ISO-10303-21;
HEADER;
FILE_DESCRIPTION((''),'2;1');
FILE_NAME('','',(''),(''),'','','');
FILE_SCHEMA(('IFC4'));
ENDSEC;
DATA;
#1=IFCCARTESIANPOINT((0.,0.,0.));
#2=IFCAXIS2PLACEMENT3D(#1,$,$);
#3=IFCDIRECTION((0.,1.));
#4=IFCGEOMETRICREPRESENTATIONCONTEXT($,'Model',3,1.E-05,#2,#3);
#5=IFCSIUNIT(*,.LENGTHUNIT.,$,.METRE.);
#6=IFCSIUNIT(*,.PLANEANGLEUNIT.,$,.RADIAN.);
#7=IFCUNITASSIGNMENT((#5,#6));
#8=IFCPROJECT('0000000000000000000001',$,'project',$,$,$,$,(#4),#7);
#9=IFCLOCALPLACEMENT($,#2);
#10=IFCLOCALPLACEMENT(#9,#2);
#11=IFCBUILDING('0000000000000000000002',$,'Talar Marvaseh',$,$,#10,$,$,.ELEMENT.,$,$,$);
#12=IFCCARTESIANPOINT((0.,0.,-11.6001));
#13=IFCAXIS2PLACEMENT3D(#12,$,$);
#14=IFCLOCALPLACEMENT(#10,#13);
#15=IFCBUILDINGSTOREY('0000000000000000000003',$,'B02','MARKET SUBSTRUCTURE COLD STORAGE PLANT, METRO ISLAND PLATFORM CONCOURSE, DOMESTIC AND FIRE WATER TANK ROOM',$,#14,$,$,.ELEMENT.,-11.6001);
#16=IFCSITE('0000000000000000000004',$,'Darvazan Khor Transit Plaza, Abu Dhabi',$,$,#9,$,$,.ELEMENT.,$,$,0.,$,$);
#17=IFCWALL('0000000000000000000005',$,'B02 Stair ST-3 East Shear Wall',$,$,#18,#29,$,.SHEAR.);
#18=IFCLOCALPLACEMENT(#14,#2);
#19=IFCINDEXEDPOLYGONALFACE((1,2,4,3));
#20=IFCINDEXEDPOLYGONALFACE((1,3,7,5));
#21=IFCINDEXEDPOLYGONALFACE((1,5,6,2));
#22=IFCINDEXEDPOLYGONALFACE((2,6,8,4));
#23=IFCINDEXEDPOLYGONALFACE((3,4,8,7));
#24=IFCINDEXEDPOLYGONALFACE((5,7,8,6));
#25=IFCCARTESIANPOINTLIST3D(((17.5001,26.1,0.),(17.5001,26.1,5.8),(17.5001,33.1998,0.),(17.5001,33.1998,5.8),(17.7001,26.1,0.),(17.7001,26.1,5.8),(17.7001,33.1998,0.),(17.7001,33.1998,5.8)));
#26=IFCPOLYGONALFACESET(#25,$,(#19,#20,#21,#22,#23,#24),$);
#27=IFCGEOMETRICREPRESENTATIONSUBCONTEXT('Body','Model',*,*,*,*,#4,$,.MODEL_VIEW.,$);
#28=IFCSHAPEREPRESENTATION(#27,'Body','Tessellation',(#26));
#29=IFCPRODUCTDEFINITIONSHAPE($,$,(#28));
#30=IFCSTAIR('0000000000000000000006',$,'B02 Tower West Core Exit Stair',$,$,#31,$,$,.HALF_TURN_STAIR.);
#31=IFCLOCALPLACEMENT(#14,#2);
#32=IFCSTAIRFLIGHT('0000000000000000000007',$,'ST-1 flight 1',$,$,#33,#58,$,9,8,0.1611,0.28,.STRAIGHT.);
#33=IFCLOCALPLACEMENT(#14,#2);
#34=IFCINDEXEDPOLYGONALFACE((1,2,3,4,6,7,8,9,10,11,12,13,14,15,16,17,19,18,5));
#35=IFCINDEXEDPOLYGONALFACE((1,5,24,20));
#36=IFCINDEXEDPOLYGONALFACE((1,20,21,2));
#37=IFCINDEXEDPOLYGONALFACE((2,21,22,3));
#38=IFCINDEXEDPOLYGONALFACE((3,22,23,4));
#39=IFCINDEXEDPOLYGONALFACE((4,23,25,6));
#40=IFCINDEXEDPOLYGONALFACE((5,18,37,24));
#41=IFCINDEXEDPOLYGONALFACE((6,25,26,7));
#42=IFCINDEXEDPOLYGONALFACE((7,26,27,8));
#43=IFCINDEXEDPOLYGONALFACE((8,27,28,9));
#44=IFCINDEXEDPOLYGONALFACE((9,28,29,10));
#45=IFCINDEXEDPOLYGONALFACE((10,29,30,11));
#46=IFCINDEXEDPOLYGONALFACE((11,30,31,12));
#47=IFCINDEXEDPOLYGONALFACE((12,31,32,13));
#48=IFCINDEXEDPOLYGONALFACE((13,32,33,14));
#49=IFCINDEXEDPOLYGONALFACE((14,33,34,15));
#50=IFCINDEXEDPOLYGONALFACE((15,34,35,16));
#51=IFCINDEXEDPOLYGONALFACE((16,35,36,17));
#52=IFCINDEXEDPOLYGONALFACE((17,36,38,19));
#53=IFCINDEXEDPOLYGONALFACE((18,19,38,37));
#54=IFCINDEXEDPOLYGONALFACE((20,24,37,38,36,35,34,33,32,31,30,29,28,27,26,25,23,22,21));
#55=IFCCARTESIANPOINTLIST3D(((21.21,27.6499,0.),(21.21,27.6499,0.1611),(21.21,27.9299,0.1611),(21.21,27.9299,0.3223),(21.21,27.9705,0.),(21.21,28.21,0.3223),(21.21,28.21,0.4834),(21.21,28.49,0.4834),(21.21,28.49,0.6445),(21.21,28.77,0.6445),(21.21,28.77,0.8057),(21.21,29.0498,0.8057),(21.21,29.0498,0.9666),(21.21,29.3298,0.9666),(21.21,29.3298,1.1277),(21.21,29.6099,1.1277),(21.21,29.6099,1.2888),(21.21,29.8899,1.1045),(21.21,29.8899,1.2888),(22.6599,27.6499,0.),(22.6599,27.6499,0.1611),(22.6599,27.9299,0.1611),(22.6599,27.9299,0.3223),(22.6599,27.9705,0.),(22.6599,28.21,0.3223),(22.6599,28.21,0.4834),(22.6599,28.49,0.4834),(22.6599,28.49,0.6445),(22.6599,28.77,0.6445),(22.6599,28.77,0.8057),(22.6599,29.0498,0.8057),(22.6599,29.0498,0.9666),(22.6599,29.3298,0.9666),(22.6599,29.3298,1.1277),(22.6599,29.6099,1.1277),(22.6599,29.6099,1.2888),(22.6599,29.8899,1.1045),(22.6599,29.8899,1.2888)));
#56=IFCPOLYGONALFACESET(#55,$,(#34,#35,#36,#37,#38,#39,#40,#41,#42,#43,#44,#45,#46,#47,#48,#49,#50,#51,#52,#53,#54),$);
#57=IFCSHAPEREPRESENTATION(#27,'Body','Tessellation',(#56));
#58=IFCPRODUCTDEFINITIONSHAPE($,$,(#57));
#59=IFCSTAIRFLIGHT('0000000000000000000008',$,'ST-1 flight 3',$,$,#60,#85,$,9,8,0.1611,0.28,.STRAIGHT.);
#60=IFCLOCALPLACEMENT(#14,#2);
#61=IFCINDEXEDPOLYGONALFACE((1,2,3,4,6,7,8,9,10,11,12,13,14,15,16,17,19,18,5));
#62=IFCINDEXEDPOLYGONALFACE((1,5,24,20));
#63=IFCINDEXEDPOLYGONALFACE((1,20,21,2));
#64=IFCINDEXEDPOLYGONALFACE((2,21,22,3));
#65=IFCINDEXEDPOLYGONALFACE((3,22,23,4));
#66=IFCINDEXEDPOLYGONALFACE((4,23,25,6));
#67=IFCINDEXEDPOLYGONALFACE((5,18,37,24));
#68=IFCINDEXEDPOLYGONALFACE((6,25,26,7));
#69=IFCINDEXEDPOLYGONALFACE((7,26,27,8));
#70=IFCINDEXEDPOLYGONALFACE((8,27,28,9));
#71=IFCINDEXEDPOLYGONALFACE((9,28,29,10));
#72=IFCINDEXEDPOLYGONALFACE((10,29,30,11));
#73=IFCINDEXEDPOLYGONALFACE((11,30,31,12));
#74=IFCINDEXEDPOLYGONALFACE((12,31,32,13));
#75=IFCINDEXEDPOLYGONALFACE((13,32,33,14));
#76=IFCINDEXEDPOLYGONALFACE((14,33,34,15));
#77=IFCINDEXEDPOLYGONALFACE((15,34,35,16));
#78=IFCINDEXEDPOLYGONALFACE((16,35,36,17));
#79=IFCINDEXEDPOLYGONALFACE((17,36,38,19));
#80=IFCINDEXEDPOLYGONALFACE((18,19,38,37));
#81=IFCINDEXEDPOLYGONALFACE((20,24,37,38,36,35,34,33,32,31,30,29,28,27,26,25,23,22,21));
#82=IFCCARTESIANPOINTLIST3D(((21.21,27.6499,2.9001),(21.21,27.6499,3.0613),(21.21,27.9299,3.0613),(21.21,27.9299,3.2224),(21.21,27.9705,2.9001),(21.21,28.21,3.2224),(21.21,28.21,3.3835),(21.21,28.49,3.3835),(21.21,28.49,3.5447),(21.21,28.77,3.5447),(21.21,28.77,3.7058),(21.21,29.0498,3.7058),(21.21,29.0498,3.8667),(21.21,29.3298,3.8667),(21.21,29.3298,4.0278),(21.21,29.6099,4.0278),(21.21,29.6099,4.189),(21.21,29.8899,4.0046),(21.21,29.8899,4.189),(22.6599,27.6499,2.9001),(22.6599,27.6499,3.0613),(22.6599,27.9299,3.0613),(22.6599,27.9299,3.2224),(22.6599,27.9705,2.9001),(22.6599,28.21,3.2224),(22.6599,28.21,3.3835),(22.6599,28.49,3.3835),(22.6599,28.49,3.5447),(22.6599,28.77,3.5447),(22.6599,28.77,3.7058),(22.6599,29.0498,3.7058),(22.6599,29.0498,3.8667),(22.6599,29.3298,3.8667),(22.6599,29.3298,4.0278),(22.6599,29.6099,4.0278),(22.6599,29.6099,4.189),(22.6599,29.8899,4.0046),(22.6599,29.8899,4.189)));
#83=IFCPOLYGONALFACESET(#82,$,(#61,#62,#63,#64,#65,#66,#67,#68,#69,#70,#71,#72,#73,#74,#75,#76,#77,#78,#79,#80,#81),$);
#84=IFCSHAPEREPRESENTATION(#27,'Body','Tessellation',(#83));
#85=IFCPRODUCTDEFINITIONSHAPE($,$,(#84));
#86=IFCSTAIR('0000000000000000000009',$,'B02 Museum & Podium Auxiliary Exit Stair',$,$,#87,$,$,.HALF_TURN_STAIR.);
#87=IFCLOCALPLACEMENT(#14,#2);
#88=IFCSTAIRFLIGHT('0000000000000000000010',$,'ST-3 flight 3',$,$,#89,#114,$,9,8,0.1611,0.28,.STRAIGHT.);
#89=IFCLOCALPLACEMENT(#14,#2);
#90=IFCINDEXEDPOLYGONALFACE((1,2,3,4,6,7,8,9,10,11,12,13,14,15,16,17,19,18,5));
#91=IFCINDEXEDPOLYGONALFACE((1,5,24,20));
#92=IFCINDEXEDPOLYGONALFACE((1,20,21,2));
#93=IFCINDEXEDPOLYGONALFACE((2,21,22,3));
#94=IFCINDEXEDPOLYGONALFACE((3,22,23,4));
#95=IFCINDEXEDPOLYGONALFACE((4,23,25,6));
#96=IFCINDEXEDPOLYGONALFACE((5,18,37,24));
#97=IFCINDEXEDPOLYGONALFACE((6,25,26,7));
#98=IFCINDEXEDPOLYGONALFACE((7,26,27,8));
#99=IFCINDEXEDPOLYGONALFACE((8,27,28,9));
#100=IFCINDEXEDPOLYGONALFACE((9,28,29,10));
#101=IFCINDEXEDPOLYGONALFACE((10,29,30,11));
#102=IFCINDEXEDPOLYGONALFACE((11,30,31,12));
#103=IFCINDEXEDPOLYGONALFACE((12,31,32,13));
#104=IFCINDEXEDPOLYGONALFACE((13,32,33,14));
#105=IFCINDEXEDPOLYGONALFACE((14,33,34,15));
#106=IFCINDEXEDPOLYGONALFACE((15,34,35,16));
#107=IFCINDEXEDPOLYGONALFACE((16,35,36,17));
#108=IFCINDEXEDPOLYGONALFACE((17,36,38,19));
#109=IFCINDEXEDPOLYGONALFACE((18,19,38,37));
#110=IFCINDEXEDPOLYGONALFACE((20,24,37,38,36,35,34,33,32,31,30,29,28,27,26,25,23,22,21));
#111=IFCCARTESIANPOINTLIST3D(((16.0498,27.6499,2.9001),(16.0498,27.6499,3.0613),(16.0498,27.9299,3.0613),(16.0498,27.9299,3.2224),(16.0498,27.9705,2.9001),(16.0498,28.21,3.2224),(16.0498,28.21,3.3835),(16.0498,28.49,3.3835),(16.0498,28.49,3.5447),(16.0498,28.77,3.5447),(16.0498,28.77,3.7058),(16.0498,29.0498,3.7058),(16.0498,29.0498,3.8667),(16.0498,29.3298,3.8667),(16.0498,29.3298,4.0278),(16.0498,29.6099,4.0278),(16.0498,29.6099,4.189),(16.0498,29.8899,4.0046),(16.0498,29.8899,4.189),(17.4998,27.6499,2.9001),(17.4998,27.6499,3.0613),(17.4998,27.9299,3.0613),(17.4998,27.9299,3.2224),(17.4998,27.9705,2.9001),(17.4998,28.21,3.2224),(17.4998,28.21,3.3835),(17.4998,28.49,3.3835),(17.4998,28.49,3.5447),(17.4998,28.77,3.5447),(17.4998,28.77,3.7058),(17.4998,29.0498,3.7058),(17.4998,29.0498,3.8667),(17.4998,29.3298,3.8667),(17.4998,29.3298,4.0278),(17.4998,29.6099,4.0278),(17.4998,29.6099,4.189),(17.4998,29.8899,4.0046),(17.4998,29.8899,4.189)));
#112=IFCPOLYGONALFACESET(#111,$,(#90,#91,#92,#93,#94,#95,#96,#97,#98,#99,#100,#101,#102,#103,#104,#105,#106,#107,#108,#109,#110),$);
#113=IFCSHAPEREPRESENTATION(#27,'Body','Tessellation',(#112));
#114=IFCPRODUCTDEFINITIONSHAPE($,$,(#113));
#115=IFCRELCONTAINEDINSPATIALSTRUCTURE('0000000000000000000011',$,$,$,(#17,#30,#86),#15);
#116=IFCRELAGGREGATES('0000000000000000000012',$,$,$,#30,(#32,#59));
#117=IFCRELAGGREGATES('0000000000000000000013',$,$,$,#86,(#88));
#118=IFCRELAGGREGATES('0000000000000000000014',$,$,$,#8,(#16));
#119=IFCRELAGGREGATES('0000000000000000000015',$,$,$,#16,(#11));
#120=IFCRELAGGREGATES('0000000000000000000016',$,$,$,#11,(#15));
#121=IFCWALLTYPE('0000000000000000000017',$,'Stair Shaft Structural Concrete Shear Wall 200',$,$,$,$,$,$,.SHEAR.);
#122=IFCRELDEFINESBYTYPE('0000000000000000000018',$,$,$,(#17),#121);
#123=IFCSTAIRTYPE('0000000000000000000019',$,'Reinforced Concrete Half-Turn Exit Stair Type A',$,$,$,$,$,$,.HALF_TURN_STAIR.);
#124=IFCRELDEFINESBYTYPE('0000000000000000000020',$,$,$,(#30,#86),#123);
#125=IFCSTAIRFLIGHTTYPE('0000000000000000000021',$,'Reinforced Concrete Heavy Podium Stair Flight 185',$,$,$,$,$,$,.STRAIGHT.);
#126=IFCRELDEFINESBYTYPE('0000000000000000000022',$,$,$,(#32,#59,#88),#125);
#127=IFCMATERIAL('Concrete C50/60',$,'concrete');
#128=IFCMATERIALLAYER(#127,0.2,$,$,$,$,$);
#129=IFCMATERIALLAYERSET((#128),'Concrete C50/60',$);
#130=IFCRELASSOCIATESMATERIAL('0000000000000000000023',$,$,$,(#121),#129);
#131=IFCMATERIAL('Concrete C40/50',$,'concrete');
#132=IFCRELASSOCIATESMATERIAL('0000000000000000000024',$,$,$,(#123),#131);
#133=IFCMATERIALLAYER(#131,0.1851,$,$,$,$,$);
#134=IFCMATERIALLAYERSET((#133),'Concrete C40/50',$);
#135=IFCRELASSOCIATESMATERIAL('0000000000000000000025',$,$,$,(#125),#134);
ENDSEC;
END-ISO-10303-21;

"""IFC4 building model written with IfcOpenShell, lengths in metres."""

from ifc_helpers import new_model, si_unit, direction, frame, frame_2d, origin, place, context, subcontext, project, spatial, polyline, rectangle, outline, extrude, material, layer, layer_set, type_object, element, aggregate, save


model = new_model("IFC4")

# Units and contexts
model_context = context("Model", 3, precision=1e-05, world=origin(), true_north=direction((0.0, 1.0)))
body_context = subcontext(model_context, "Body", "Model", "MODEL_VIEW")
ifc_project = project(units=[si_unit("LENGTHUNIT", "METRE"), si_unit("PLANEANGLEUNIT", "RADIAN")], contexts=[model_context])

# Site, building, storey
site_placement = place(None, origin())
site = spatial("IfcSite", under=ifc_project, at=site_placement, Name="Darvazan Khor Transit Plaza, Abu Dhabi", CompositionType="ELEMENT", RefElevation=0.0)
building_placement = place(site_placement, origin())
building = spatial("IfcBuilding", under=site, at=building_placement, Name="Talar Marvaseh", CompositionType="ELEMENT")
storey_placement = place(building_placement, frame((0.0, 0.0, -11.6001)))
storey = spatial("IfcBuildingStorey", under=building, at=storey_placement, Name="B02", Description="MARKET SUBSTRUCTURE COLD STORAGE PLANT, METRO ISLAND PLATFORM CONCOURSE, DOMESTIC AND FIRE WATER TANK ROOM", CompositionType="ELEMENT", Elevation=-11.6001)

# Shared definitions
ifc_material_1 = material(Name="Concrete C50/60", Category="concrete")

# Shared definitions
ifc_layer_1 = layer(ifc_material_1, 0.2)
ifc_layer_set_1 = layer_set([ifc_layer_1], Name="Concrete C50/60")
wall_type_1 = type_object("IfcWallType", Name="Stair Shaft Structural Concrete Shear Wall 200", PredefinedType="SHEAR", material=ifc_layer_set_1)

# Wall
wall_1_placement = place(storey_placement, frame((17.6001, 26.1001, 0.0), z_axis=(0.0, 0.0, 1.0), x_axis=(0.0, 1.0, 0.0)))
element("IfcWall", 1, at=wall_1_placement, inside=storey, type_object=wall_type_1, Name="B02 Stair ST-3 East Shear Wall", PredefinedType="SHEAR", context=body_context, shape_type="SweptSolid", body=[
    extrude(rectangle(XDim=7.0999, YDim=0.2, at=frame_2d((3.5498, 0.0))), origin(), (0.0, 0.0, 1.0), 5.8),
])

# Stair, stair flights
ifc_material_2 = material(Name="Concrete C40/50", Category="concrete")
stair_type = type_object("IfcStairType", Name="Reinforced Concrete Half-Turn Exit Stair Type A", PredefinedType="HALF_TURN_STAIR", material=ifc_material_2)
stair_1_placement = place(storey_placement, origin())
stair_1 = element("IfcStair", 2, at=stair_1_placement, inside=storey, type_object=stair_type, Name="B02 Tower West Core Exit Stair", PredefinedType="HALF_TURN_STAIR")
ifc_layer_2 = layer(ifc_material_2, 0.1851)
ifc_layer_set_2 = layer_set([ifc_layer_2], Name="Concrete C40/50")
stair_flight_type = type_object("IfcStairFlightType", Name="Reinforced Concrete Heavy Podium Stair Flight 185", PredefinedType="STRAIGHT", material=ifc_layer_set_2)
stair_flight_1_placement = place(storey_placement, frame((21.9351, 27.6499, 0.0), z_axis=(0.0, 0.0, 1.0), x_axis=(0.0, 1.0, 0.0)))
stair_flight_1 = element("IfcStairFlight", 3, at=stair_flight_1_placement, type_object=stair_flight_type, Name="ST-1 flight 1", NumberOfRisers=9, NumberOfTreads=8, PredefinedType="STRAIGHT", RiserHeight=0.1611, TreadLength=0.28, context=body_context, shape_type="SweptSolid", body=[
    extrude(outline(polyline([(0.0, 0.0), (0.0, 0.1611), (0.28, 0.1611), (0.28, 0.3223), (0.5601, 0.3223), (0.5601, 0.4834), (0.8401, 0.4834), (0.8401, 0.6445), (1.1201, 0.6445), (1.1201, 0.8057), (1.3999, 0.8057), (1.3999, 0.9666), (1.6799, 0.9666), (1.6799, 1.1277), (1.96, 1.1277), (1.96, 1.2888), (2.24, 1.2888), (2.24, 1.45), (2.24, 1.1045), (0.3206, 0.0), (0.0, 0.0)])), frame((0.0, 0.7251, 0.0), z_axis=(0.0, -1.0, 0.0), x_axis=(1.0, 0.0, 0.0)), (0.0, 0.0, 1.0), 1.45),
])
stair_flight_2_placement = place(storey_placement, frame((21.9351, 27.6499, 2.9001), z_axis=(0.0, 0.0, 1.0), x_axis=(0.0, 1.0, 0.0)))
stair_flight_2 = element("IfcStairFlight", 4, at=stair_flight_2_placement, type_object=stair_flight_type, Name="ST-1 flight 3", NumberOfRisers=9, NumberOfTreads=8, PredefinedType="STRAIGHT", RiserHeight=0.1611, TreadLength=0.28, context=body_context, shape_type="SweptSolid", body=[
    extrude(outline(polyline([(0.0, 0.0), (0.0, 0.1611), (0.28, 0.1611), (0.28, 0.3223), (0.5601, 0.3223), (0.5601, 0.4834), (0.8401, 0.4834), (0.8401, 0.6445), (1.1201, 0.6445), (1.1201, 0.8057), (1.3999, 0.8057), (1.3999, 0.9666), (1.6799, 0.9666), (1.6799, 1.1277), (1.96, 1.1277), (1.96, 1.2888), (2.24, 1.2888), (2.24, 1.45), (2.24, 1.1045), (0.3206, 0.0), (0.0, 0.0)])), frame((0.0, 0.7251, 0.0), z_axis=(0.0, -1.0, 0.0), x_axis=(1.0, 0.0, 0.0)), (0.0, 0.0, 1.0), 1.45),
])
aggregate(stair_1, [stair_flight_1, stair_flight_2])

# Stair, stair flight
stair_2_placement = place(storey_placement, origin())
stair_2 = element("IfcStair", 5, at=stair_2_placement, inside=storey, type_object=stair_type, Name="B02 Museum & Podium Auxiliary Exit Stair", PredefinedType="HALF_TURN_STAIR")
stair_flight_3_placement = place(storey_placement, frame((16.7749, 27.6499, 2.9001), z_axis=(0.0, 0.0, 1.0), x_axis=(0.0, 1.0, 0.0)))
stair_flight_3 = element("IfcStairFlight", 6, at=stair_flight_3_placement, type_object=stair_flight_type, Name="ST-3 flight 3", NumberOfRisers=9, NumberOfTreads=8, PredefinedType="STRAIGHT", RiserHeight=0.1611, TreadLength=0.28, context=body_context, shape_type="SweptSolid", body=[
    extrude(outline(polyline([(0.0, 0.0), (0.0, 0.1611), (0.28, 0.1611), (0.28, 0.3223), (0.5601, 0.3223), (0.5601, 0.4834), (0.8401, 0.4834), (0.8401, 0.6445), (1.1201, 0.6445), (1.1201, 0.8057), (1.3999, 0.8057), (1.3999, 0.9666), (1.6799, 0.9666), (1.6799, 1.1277), (1.96, 1.1277), (1.96, 1.2888), (2.24, 1.2888), (2.24, 1.45), (2.24, 1.1045), (0.3206, 0.0), (0.0, 0.0)])), frame((0.0, 0.7251, 0.0), z_axis=(0.0, -1.0, 0.0), x_axis=(1.0, 0.0, 0.0)), (0.0, 0.0, 1.0), 1.45),
])
aggregate(stair_2, [stair_flight_3])

save(model, "model.ifc")
